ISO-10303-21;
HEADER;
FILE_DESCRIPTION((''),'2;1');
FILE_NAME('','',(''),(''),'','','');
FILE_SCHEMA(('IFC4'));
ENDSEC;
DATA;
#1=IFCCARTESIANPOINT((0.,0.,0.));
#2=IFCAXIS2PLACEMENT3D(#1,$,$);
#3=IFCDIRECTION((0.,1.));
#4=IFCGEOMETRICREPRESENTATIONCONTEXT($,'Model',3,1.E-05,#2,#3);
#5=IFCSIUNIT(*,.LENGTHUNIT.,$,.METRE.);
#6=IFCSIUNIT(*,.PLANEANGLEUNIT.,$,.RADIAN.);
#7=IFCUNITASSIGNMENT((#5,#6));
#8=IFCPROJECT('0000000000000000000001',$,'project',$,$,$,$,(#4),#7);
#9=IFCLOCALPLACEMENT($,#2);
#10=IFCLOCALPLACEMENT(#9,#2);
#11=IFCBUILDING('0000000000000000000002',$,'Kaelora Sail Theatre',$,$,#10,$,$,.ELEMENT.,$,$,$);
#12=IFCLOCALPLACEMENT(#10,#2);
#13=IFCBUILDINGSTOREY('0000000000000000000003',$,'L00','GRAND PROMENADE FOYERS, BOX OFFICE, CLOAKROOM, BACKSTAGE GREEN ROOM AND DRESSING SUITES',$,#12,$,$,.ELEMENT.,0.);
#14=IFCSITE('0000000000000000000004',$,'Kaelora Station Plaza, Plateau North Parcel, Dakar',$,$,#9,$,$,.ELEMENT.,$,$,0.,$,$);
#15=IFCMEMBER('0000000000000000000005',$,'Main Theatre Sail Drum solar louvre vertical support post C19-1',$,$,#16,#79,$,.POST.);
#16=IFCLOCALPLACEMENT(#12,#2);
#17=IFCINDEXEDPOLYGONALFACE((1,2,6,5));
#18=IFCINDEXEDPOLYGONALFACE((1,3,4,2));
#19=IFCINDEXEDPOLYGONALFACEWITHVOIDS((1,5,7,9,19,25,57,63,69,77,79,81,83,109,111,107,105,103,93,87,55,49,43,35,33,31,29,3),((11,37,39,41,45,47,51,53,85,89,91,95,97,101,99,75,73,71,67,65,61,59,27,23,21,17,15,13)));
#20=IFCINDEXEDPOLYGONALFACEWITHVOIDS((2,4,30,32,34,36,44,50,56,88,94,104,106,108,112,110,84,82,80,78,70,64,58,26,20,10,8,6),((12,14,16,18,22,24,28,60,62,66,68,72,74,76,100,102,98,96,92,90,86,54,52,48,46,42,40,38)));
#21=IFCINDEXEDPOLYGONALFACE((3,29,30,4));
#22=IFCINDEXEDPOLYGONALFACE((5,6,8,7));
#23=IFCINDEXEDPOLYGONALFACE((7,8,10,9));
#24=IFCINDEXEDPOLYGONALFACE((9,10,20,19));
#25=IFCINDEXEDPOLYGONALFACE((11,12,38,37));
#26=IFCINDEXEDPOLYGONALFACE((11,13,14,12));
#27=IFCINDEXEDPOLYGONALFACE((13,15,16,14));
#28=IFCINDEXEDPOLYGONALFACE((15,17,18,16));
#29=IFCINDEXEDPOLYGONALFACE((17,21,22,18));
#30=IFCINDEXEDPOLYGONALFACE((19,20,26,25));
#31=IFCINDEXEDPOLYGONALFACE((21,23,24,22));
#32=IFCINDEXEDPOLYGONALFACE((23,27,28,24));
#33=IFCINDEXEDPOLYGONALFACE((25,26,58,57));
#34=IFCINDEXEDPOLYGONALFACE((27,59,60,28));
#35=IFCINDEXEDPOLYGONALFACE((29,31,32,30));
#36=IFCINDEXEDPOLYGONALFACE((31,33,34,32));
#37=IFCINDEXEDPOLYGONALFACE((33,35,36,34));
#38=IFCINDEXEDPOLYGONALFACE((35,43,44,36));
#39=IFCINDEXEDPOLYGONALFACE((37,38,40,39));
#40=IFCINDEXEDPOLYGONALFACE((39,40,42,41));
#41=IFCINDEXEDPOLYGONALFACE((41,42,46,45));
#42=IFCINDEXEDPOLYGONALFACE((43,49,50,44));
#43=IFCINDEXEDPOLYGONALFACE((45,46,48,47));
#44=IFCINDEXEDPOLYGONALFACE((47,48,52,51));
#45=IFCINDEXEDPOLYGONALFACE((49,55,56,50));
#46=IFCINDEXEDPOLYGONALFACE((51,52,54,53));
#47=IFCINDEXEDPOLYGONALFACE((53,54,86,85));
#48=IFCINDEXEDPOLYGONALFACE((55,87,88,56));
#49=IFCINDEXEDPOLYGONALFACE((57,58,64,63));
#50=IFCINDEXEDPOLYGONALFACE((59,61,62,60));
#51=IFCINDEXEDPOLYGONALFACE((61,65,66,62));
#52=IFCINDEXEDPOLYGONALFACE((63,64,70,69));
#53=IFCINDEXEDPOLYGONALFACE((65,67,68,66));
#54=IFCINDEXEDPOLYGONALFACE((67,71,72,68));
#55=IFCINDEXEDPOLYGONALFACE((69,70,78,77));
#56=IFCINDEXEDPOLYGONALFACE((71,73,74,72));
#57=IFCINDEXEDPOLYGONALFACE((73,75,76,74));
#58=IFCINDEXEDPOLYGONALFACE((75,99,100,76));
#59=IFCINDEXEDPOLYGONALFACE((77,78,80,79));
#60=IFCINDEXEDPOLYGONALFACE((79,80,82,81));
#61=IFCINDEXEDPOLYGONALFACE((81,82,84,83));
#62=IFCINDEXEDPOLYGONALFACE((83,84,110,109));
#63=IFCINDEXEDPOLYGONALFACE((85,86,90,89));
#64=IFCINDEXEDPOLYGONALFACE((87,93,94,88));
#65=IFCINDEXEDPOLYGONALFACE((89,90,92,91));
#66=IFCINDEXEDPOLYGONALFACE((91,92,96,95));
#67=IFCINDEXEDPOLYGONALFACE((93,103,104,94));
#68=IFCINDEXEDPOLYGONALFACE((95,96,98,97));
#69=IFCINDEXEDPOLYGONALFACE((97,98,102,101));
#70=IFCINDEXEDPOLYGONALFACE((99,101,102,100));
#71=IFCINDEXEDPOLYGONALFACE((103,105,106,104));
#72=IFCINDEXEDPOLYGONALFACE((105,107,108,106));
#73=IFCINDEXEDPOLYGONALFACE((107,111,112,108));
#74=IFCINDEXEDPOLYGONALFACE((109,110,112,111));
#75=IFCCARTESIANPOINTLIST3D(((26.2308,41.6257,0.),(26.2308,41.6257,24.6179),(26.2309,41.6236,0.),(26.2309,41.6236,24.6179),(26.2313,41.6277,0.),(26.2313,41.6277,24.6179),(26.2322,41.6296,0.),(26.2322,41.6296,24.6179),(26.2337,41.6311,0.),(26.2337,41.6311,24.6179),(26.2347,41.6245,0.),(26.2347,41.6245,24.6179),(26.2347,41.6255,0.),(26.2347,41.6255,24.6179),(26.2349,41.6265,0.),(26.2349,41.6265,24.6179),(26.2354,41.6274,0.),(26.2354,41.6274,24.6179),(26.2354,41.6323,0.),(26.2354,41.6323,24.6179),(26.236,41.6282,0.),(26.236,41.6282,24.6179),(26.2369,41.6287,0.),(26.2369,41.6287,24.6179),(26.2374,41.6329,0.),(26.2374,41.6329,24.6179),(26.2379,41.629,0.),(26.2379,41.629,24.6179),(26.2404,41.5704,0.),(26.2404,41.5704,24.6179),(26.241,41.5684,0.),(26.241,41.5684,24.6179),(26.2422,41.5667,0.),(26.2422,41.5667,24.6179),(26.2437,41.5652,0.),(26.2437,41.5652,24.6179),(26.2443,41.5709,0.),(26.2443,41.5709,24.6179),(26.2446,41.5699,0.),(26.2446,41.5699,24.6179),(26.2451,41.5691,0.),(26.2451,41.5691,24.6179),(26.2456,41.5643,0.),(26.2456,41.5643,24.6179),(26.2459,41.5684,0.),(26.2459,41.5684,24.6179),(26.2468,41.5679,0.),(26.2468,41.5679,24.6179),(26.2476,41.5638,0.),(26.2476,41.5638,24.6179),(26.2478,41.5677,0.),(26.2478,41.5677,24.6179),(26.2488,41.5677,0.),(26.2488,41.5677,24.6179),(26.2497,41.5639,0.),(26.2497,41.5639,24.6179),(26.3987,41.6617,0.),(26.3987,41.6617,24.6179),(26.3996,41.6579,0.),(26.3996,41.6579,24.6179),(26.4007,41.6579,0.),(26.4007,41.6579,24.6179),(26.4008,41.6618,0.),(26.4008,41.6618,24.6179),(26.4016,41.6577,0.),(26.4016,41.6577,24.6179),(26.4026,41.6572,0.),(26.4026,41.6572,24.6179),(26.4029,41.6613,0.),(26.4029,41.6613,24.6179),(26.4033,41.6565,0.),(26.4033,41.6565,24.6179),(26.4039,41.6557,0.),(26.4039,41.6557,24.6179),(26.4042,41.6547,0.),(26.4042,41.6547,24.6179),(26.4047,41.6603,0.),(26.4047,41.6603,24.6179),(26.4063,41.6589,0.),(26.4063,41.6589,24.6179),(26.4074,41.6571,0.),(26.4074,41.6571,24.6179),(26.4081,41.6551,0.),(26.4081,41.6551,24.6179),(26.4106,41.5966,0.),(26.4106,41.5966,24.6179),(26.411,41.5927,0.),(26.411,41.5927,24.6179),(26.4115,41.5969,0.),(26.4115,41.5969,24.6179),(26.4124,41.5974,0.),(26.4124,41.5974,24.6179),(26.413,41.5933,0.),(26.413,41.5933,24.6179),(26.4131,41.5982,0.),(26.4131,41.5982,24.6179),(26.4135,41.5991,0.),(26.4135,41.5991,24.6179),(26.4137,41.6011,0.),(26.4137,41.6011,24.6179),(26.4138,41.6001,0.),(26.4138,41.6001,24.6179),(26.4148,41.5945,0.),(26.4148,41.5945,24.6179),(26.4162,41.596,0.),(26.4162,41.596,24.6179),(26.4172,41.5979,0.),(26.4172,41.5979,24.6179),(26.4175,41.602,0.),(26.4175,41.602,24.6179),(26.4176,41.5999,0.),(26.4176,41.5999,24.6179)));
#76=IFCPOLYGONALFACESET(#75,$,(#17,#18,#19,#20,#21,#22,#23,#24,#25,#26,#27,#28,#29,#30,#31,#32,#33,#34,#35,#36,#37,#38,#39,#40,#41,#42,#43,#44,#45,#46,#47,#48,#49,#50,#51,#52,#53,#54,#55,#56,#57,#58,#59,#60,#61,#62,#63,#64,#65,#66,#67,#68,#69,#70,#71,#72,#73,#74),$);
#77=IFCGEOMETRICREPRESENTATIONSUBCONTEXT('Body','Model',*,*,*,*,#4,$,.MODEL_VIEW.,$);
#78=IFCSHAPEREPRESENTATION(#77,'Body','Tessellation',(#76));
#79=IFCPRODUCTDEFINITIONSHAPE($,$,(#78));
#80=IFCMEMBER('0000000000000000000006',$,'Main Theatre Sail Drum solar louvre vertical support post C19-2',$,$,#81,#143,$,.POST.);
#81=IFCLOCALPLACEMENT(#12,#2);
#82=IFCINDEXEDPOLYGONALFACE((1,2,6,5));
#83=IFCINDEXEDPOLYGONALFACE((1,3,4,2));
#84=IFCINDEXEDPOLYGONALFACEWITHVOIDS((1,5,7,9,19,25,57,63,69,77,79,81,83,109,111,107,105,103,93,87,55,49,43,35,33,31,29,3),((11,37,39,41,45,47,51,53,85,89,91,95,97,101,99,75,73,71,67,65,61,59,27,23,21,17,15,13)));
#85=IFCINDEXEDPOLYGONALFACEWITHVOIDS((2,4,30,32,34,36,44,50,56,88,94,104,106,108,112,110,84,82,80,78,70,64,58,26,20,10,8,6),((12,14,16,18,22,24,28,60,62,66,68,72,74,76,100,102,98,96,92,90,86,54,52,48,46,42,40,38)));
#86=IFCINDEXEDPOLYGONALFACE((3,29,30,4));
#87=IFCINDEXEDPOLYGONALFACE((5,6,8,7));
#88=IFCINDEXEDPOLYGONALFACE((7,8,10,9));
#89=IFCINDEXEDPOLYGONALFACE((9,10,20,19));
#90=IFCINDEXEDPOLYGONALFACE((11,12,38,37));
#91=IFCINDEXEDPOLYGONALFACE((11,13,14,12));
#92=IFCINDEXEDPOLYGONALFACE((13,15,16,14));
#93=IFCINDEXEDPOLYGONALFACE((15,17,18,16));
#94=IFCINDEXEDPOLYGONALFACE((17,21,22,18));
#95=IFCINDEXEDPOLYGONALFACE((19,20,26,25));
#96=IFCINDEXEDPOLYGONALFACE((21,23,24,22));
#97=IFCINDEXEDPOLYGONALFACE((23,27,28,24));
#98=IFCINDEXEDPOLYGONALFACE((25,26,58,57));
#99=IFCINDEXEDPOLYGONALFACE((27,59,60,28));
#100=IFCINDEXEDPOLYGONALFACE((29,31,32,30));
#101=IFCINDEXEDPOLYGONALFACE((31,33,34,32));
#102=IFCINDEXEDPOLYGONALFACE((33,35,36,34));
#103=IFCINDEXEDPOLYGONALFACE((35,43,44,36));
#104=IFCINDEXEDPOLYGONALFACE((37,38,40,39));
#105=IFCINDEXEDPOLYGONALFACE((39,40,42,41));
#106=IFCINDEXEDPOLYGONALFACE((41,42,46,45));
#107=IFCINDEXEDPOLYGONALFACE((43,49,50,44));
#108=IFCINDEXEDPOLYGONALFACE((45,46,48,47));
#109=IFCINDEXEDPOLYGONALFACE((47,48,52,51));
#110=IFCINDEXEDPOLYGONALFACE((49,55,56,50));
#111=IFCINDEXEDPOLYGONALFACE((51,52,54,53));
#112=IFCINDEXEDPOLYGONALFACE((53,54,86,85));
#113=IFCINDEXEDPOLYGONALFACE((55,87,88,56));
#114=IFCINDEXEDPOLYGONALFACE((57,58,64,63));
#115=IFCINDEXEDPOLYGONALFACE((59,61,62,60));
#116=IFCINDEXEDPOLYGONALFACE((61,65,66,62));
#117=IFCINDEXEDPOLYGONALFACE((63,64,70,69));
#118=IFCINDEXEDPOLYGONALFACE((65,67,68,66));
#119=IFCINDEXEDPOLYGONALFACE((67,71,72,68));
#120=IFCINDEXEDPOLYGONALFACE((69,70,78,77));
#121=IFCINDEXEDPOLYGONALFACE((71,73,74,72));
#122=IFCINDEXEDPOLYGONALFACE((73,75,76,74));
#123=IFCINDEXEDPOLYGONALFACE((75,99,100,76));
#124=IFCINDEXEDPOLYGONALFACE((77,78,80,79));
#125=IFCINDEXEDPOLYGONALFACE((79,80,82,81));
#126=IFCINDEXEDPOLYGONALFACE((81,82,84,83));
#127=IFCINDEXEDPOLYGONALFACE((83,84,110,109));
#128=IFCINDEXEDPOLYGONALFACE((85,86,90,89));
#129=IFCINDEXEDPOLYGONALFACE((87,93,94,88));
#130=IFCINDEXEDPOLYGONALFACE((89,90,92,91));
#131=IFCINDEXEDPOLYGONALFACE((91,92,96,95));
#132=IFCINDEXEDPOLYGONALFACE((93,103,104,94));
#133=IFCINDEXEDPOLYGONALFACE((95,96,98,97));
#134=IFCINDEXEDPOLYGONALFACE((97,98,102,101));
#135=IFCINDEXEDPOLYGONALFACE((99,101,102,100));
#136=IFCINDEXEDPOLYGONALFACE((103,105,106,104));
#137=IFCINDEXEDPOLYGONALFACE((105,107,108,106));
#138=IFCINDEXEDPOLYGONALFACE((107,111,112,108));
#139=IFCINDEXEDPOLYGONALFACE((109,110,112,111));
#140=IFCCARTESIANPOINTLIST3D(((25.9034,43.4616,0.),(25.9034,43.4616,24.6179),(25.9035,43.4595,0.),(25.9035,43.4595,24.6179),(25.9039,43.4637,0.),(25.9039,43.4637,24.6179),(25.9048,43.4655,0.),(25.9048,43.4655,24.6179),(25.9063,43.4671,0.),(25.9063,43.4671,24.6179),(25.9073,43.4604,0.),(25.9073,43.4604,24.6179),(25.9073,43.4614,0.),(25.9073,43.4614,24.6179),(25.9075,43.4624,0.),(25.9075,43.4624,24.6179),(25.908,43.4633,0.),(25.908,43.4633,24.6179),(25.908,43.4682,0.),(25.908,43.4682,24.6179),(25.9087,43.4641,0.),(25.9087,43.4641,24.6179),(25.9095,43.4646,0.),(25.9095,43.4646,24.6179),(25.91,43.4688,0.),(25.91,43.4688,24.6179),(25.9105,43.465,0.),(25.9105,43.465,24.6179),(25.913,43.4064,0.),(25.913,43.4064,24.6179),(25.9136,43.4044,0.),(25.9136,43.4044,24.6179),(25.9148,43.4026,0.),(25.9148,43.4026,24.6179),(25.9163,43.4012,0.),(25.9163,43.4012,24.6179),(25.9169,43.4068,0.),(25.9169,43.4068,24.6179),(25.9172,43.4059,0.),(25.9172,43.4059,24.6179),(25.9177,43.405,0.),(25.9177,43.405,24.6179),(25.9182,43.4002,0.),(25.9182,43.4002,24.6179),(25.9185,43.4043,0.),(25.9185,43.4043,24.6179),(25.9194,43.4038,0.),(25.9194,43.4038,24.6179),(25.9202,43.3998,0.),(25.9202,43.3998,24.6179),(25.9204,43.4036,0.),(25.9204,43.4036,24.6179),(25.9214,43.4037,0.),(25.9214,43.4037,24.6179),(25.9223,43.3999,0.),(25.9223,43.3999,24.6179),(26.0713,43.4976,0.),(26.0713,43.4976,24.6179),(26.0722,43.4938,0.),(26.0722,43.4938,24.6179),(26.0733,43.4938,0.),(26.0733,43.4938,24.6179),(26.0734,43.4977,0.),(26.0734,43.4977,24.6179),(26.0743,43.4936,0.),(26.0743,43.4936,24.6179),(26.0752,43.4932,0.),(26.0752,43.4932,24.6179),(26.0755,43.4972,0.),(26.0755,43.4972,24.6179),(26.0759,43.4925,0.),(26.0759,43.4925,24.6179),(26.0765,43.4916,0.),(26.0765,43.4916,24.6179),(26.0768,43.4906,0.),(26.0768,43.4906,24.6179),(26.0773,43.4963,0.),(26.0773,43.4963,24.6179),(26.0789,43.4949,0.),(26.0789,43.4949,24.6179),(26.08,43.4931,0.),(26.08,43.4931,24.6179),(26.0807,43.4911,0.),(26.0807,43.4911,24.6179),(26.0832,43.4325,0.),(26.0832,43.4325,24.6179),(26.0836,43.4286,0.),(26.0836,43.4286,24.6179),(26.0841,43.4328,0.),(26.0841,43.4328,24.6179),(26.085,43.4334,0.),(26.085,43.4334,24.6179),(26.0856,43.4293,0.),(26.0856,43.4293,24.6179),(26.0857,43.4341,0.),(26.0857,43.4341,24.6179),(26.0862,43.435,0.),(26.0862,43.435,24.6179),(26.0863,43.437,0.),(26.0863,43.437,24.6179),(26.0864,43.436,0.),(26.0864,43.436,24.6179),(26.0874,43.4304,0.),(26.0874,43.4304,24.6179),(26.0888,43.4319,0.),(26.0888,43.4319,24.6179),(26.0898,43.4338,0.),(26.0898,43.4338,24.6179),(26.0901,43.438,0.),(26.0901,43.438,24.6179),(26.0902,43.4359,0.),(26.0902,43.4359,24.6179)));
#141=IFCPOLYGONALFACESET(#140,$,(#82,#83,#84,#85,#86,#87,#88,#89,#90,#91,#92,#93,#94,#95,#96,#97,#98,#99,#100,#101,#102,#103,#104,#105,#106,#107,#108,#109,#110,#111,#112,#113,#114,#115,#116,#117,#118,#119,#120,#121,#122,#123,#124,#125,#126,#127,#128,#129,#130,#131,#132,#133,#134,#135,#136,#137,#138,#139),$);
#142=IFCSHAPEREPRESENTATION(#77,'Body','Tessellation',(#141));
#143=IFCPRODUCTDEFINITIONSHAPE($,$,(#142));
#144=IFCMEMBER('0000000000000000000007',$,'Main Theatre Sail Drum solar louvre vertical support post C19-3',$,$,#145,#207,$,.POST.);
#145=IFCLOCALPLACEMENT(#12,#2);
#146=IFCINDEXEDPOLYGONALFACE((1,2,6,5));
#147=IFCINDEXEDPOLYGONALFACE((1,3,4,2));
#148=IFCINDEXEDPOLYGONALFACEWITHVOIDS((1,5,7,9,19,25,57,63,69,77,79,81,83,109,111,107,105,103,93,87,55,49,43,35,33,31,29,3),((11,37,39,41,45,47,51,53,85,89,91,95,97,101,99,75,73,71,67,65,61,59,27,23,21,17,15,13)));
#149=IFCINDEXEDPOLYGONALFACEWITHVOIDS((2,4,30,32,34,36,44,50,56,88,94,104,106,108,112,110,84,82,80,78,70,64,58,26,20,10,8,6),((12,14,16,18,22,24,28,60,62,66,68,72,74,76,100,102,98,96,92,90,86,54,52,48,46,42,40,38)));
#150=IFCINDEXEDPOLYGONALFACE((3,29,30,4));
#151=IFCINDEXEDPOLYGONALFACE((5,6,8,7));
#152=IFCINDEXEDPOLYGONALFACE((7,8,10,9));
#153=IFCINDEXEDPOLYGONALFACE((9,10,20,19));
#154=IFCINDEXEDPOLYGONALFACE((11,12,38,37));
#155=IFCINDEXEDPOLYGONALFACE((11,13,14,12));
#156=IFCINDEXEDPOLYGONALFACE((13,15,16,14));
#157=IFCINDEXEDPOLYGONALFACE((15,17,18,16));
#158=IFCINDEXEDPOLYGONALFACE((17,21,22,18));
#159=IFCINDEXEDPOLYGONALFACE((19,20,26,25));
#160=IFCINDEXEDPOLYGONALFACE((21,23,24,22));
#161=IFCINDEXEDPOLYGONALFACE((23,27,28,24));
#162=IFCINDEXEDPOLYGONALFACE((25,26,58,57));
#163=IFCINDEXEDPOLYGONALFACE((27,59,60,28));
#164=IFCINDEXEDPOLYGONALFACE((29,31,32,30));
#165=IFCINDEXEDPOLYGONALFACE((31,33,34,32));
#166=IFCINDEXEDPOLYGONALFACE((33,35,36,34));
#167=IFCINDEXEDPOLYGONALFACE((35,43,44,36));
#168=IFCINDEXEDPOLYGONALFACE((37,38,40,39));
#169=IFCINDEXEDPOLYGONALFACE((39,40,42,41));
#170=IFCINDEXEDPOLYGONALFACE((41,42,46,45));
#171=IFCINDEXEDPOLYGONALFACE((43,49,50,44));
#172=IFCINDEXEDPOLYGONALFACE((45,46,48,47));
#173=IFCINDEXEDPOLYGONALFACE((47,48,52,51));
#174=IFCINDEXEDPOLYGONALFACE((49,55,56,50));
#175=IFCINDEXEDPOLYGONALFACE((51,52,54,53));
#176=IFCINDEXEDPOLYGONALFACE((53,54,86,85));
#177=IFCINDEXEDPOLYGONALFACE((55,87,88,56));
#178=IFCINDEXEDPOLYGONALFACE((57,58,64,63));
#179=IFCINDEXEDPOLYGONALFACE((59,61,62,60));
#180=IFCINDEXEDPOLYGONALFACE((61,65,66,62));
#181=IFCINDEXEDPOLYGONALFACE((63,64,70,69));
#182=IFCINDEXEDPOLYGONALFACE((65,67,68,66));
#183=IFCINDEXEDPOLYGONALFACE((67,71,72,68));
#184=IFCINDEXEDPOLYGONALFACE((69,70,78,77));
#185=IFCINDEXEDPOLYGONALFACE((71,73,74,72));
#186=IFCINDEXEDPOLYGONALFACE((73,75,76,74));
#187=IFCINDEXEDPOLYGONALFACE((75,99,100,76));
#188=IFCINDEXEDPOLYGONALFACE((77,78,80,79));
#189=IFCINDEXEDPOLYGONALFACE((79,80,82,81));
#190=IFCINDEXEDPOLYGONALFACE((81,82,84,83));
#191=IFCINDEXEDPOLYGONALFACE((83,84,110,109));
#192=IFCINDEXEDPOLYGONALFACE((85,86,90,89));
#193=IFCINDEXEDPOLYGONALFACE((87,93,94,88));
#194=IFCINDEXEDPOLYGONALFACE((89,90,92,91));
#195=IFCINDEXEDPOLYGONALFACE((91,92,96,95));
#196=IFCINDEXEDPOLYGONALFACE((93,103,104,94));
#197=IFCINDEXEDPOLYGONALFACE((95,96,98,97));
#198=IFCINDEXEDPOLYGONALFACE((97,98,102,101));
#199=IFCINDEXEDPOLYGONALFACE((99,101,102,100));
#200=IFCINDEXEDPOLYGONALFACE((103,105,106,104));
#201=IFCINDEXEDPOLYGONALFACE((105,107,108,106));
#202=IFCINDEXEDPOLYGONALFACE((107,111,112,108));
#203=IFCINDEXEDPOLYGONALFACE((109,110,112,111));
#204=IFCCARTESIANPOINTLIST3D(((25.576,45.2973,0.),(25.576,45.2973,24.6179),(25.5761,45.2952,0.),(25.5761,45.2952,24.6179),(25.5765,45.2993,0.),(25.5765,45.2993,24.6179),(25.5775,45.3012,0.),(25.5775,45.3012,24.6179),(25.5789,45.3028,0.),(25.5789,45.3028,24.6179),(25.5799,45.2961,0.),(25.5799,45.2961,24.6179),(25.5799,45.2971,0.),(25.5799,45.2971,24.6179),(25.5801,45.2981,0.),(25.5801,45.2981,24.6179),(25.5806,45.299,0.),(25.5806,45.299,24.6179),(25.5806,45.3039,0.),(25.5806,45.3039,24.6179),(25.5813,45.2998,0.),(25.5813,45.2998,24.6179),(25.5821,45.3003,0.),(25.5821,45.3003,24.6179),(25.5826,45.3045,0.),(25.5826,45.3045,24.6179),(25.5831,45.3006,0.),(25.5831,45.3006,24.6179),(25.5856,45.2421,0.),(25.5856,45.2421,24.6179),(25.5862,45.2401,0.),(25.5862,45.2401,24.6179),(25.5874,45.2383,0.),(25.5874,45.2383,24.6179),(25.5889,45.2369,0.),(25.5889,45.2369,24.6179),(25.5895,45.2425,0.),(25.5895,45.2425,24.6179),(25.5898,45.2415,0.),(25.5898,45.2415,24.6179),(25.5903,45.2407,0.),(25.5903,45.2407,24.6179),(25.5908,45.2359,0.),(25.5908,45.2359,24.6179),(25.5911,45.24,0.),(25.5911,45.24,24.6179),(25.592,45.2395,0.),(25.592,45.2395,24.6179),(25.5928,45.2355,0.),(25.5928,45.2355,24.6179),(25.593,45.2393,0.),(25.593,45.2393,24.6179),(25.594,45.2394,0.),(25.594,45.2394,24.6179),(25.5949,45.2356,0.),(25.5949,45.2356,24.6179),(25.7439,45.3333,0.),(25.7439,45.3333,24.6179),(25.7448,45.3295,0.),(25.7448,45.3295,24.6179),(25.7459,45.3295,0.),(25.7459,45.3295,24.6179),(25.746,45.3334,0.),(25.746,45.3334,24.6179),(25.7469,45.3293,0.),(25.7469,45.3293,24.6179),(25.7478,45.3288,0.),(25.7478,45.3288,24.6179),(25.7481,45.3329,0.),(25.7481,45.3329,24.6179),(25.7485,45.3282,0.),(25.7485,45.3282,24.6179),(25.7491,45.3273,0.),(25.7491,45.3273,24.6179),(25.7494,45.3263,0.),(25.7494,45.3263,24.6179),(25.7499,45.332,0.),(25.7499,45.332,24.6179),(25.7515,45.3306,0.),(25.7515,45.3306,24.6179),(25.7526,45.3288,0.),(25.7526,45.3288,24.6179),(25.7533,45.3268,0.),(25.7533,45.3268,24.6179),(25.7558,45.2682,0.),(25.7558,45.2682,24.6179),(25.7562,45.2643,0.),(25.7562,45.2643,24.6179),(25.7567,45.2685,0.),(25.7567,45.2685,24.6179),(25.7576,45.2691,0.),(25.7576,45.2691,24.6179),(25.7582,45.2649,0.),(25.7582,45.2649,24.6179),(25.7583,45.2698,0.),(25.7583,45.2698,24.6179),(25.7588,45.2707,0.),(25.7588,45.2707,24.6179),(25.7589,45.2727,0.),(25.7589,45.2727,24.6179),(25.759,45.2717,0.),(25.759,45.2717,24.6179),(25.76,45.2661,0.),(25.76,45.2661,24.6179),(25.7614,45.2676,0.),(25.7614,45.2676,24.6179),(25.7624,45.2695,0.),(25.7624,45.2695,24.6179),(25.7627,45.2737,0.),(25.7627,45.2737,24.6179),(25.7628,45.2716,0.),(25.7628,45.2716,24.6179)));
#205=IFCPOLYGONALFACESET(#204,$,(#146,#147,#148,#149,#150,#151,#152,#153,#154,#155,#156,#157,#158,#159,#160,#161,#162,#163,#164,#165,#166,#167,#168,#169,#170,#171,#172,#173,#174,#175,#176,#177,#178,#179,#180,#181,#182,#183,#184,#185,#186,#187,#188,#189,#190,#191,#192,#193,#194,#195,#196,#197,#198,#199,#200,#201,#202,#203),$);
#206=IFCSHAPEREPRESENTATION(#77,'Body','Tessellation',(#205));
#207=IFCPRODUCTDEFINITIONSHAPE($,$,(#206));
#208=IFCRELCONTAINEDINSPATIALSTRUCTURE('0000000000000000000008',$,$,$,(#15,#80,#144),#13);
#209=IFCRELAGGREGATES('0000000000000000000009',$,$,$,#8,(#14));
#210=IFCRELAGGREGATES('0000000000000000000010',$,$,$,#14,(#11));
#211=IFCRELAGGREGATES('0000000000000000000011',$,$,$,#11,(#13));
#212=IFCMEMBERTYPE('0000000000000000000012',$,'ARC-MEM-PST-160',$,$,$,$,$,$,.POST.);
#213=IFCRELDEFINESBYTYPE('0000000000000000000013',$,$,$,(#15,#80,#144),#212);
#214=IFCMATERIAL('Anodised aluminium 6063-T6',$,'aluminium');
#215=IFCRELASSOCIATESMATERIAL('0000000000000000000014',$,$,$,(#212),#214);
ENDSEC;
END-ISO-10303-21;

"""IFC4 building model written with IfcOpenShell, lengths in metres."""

from ifc_helpers import new_model, si_unit, direction, frame, origin, origin_2d, place, context, subcontext, project, spatial, hollow_rectangle, extrude, material, material_profile, profile_set, type_object, element, save


model = new_model("IFC4")

# Units and contexts
model_context = context("Model", 3, precision=1e-05, world=origin(), true_north=direction((0.0, 1.0)))
body_context = subcontext(model_context, "Body", "Model", "MODEL_VIEW")
ifc_project = project(units=[si_unit("LENGTHUNIT", "METRE"), si_unit("PLANEANGLEUNIT", "RADIAN")], contexts=[model_context])

# Site, building, storey
site_placement = place(None, origin())
site = spatial("IfcSite", under=ifc_project, at=site_placement, Name="Kaelora Station Plaza, Plateau North Parcel, Dakar", CompositionType="ELEMENT", RefElevation=0.0)
building_placement = place(site_placement, origin())
building = spatial("IfcBuilding", under=site, at=building_placement, Name="Kaelora Sail Theatre", CompositionType="ELEMENT")
storey_placement = place(building_placement, origin())
storey = spatial("IfcBuildingStorey", under=building, at=storey_placement, Name="L00", Description="GRAND PROMENADE FOYERS, BOX OFFICE, CLOAKROOM, BACKSTAGE GREEN ROOM AND DRESSING SUITES", CompositionType="ELEMENT", Elevation=0.0)

# Members
ifc_material_1 = material(Name="Anodised aluminium 6063-T6", Category="aluminium")
ifc_material_profile_1 = material_profile(ifc_material_1, hollow_rectangle(XDim=0.0701, YDim=0.1799, WallThickness=0.0039, InnerFilletRadius=0.0039, OuterFilletRadius=0.0081, at=origin_2d()), Name="ALU-MULL 70x180x4")
ifc_profile_set_1 = profile_set([ifc_material_profile_1], Name="Anodised aluminium 6063-T6")
member_type_1 = type_object("IfcMemberType", Name="ARC-MEM-PST-160", PredefinedType="POST", material=ifc_profile_set_1)
for number, where, z_axis, x_axis, name in (
    (1, (26.3242, 41.6128, 0.0), (0.0, 0.0, 1.0), (-0.175539, 0.984473, 0.0), "Main Theatre Sail Drum solar louvre vertical support post C19-1"),
    (2, (25.9968, 43.4487, 0.0), (0.0, 0.0, 1.0), (-0.175539, 0.984473, 0.0), "Main Theatre Sail Drum solar louvre vertical support post C19-2"),
    (3, (25.6694, 45.2844, 0.0), (0.0, 0.0, 1.0), (-0.175539, 0.984473, 0.0), "Main Theatre Sail Drum solar louvre vertical support post C19-3"),
):
    element("IfcMember", number, at=place(storey_placement, frame(where, z_axis=z_axis, x_axis=x_axis)), inside=storey, type_object=member_type_1, Name=name, PredefinedType="POST", context=body_context, shape_type="SweptSolid", body=[
        extrude(hollow_rectangle(XDim=0.0701, YDim=0.1799, WallThickness=0.0039, InnerFilletRadius=0.0039, OuterFilletRadius=0.0081, at=origin_2d()), origin(), (0.0, 0.0, 1.0), 24.6179),
    ])

save(model, "model.ifc")
